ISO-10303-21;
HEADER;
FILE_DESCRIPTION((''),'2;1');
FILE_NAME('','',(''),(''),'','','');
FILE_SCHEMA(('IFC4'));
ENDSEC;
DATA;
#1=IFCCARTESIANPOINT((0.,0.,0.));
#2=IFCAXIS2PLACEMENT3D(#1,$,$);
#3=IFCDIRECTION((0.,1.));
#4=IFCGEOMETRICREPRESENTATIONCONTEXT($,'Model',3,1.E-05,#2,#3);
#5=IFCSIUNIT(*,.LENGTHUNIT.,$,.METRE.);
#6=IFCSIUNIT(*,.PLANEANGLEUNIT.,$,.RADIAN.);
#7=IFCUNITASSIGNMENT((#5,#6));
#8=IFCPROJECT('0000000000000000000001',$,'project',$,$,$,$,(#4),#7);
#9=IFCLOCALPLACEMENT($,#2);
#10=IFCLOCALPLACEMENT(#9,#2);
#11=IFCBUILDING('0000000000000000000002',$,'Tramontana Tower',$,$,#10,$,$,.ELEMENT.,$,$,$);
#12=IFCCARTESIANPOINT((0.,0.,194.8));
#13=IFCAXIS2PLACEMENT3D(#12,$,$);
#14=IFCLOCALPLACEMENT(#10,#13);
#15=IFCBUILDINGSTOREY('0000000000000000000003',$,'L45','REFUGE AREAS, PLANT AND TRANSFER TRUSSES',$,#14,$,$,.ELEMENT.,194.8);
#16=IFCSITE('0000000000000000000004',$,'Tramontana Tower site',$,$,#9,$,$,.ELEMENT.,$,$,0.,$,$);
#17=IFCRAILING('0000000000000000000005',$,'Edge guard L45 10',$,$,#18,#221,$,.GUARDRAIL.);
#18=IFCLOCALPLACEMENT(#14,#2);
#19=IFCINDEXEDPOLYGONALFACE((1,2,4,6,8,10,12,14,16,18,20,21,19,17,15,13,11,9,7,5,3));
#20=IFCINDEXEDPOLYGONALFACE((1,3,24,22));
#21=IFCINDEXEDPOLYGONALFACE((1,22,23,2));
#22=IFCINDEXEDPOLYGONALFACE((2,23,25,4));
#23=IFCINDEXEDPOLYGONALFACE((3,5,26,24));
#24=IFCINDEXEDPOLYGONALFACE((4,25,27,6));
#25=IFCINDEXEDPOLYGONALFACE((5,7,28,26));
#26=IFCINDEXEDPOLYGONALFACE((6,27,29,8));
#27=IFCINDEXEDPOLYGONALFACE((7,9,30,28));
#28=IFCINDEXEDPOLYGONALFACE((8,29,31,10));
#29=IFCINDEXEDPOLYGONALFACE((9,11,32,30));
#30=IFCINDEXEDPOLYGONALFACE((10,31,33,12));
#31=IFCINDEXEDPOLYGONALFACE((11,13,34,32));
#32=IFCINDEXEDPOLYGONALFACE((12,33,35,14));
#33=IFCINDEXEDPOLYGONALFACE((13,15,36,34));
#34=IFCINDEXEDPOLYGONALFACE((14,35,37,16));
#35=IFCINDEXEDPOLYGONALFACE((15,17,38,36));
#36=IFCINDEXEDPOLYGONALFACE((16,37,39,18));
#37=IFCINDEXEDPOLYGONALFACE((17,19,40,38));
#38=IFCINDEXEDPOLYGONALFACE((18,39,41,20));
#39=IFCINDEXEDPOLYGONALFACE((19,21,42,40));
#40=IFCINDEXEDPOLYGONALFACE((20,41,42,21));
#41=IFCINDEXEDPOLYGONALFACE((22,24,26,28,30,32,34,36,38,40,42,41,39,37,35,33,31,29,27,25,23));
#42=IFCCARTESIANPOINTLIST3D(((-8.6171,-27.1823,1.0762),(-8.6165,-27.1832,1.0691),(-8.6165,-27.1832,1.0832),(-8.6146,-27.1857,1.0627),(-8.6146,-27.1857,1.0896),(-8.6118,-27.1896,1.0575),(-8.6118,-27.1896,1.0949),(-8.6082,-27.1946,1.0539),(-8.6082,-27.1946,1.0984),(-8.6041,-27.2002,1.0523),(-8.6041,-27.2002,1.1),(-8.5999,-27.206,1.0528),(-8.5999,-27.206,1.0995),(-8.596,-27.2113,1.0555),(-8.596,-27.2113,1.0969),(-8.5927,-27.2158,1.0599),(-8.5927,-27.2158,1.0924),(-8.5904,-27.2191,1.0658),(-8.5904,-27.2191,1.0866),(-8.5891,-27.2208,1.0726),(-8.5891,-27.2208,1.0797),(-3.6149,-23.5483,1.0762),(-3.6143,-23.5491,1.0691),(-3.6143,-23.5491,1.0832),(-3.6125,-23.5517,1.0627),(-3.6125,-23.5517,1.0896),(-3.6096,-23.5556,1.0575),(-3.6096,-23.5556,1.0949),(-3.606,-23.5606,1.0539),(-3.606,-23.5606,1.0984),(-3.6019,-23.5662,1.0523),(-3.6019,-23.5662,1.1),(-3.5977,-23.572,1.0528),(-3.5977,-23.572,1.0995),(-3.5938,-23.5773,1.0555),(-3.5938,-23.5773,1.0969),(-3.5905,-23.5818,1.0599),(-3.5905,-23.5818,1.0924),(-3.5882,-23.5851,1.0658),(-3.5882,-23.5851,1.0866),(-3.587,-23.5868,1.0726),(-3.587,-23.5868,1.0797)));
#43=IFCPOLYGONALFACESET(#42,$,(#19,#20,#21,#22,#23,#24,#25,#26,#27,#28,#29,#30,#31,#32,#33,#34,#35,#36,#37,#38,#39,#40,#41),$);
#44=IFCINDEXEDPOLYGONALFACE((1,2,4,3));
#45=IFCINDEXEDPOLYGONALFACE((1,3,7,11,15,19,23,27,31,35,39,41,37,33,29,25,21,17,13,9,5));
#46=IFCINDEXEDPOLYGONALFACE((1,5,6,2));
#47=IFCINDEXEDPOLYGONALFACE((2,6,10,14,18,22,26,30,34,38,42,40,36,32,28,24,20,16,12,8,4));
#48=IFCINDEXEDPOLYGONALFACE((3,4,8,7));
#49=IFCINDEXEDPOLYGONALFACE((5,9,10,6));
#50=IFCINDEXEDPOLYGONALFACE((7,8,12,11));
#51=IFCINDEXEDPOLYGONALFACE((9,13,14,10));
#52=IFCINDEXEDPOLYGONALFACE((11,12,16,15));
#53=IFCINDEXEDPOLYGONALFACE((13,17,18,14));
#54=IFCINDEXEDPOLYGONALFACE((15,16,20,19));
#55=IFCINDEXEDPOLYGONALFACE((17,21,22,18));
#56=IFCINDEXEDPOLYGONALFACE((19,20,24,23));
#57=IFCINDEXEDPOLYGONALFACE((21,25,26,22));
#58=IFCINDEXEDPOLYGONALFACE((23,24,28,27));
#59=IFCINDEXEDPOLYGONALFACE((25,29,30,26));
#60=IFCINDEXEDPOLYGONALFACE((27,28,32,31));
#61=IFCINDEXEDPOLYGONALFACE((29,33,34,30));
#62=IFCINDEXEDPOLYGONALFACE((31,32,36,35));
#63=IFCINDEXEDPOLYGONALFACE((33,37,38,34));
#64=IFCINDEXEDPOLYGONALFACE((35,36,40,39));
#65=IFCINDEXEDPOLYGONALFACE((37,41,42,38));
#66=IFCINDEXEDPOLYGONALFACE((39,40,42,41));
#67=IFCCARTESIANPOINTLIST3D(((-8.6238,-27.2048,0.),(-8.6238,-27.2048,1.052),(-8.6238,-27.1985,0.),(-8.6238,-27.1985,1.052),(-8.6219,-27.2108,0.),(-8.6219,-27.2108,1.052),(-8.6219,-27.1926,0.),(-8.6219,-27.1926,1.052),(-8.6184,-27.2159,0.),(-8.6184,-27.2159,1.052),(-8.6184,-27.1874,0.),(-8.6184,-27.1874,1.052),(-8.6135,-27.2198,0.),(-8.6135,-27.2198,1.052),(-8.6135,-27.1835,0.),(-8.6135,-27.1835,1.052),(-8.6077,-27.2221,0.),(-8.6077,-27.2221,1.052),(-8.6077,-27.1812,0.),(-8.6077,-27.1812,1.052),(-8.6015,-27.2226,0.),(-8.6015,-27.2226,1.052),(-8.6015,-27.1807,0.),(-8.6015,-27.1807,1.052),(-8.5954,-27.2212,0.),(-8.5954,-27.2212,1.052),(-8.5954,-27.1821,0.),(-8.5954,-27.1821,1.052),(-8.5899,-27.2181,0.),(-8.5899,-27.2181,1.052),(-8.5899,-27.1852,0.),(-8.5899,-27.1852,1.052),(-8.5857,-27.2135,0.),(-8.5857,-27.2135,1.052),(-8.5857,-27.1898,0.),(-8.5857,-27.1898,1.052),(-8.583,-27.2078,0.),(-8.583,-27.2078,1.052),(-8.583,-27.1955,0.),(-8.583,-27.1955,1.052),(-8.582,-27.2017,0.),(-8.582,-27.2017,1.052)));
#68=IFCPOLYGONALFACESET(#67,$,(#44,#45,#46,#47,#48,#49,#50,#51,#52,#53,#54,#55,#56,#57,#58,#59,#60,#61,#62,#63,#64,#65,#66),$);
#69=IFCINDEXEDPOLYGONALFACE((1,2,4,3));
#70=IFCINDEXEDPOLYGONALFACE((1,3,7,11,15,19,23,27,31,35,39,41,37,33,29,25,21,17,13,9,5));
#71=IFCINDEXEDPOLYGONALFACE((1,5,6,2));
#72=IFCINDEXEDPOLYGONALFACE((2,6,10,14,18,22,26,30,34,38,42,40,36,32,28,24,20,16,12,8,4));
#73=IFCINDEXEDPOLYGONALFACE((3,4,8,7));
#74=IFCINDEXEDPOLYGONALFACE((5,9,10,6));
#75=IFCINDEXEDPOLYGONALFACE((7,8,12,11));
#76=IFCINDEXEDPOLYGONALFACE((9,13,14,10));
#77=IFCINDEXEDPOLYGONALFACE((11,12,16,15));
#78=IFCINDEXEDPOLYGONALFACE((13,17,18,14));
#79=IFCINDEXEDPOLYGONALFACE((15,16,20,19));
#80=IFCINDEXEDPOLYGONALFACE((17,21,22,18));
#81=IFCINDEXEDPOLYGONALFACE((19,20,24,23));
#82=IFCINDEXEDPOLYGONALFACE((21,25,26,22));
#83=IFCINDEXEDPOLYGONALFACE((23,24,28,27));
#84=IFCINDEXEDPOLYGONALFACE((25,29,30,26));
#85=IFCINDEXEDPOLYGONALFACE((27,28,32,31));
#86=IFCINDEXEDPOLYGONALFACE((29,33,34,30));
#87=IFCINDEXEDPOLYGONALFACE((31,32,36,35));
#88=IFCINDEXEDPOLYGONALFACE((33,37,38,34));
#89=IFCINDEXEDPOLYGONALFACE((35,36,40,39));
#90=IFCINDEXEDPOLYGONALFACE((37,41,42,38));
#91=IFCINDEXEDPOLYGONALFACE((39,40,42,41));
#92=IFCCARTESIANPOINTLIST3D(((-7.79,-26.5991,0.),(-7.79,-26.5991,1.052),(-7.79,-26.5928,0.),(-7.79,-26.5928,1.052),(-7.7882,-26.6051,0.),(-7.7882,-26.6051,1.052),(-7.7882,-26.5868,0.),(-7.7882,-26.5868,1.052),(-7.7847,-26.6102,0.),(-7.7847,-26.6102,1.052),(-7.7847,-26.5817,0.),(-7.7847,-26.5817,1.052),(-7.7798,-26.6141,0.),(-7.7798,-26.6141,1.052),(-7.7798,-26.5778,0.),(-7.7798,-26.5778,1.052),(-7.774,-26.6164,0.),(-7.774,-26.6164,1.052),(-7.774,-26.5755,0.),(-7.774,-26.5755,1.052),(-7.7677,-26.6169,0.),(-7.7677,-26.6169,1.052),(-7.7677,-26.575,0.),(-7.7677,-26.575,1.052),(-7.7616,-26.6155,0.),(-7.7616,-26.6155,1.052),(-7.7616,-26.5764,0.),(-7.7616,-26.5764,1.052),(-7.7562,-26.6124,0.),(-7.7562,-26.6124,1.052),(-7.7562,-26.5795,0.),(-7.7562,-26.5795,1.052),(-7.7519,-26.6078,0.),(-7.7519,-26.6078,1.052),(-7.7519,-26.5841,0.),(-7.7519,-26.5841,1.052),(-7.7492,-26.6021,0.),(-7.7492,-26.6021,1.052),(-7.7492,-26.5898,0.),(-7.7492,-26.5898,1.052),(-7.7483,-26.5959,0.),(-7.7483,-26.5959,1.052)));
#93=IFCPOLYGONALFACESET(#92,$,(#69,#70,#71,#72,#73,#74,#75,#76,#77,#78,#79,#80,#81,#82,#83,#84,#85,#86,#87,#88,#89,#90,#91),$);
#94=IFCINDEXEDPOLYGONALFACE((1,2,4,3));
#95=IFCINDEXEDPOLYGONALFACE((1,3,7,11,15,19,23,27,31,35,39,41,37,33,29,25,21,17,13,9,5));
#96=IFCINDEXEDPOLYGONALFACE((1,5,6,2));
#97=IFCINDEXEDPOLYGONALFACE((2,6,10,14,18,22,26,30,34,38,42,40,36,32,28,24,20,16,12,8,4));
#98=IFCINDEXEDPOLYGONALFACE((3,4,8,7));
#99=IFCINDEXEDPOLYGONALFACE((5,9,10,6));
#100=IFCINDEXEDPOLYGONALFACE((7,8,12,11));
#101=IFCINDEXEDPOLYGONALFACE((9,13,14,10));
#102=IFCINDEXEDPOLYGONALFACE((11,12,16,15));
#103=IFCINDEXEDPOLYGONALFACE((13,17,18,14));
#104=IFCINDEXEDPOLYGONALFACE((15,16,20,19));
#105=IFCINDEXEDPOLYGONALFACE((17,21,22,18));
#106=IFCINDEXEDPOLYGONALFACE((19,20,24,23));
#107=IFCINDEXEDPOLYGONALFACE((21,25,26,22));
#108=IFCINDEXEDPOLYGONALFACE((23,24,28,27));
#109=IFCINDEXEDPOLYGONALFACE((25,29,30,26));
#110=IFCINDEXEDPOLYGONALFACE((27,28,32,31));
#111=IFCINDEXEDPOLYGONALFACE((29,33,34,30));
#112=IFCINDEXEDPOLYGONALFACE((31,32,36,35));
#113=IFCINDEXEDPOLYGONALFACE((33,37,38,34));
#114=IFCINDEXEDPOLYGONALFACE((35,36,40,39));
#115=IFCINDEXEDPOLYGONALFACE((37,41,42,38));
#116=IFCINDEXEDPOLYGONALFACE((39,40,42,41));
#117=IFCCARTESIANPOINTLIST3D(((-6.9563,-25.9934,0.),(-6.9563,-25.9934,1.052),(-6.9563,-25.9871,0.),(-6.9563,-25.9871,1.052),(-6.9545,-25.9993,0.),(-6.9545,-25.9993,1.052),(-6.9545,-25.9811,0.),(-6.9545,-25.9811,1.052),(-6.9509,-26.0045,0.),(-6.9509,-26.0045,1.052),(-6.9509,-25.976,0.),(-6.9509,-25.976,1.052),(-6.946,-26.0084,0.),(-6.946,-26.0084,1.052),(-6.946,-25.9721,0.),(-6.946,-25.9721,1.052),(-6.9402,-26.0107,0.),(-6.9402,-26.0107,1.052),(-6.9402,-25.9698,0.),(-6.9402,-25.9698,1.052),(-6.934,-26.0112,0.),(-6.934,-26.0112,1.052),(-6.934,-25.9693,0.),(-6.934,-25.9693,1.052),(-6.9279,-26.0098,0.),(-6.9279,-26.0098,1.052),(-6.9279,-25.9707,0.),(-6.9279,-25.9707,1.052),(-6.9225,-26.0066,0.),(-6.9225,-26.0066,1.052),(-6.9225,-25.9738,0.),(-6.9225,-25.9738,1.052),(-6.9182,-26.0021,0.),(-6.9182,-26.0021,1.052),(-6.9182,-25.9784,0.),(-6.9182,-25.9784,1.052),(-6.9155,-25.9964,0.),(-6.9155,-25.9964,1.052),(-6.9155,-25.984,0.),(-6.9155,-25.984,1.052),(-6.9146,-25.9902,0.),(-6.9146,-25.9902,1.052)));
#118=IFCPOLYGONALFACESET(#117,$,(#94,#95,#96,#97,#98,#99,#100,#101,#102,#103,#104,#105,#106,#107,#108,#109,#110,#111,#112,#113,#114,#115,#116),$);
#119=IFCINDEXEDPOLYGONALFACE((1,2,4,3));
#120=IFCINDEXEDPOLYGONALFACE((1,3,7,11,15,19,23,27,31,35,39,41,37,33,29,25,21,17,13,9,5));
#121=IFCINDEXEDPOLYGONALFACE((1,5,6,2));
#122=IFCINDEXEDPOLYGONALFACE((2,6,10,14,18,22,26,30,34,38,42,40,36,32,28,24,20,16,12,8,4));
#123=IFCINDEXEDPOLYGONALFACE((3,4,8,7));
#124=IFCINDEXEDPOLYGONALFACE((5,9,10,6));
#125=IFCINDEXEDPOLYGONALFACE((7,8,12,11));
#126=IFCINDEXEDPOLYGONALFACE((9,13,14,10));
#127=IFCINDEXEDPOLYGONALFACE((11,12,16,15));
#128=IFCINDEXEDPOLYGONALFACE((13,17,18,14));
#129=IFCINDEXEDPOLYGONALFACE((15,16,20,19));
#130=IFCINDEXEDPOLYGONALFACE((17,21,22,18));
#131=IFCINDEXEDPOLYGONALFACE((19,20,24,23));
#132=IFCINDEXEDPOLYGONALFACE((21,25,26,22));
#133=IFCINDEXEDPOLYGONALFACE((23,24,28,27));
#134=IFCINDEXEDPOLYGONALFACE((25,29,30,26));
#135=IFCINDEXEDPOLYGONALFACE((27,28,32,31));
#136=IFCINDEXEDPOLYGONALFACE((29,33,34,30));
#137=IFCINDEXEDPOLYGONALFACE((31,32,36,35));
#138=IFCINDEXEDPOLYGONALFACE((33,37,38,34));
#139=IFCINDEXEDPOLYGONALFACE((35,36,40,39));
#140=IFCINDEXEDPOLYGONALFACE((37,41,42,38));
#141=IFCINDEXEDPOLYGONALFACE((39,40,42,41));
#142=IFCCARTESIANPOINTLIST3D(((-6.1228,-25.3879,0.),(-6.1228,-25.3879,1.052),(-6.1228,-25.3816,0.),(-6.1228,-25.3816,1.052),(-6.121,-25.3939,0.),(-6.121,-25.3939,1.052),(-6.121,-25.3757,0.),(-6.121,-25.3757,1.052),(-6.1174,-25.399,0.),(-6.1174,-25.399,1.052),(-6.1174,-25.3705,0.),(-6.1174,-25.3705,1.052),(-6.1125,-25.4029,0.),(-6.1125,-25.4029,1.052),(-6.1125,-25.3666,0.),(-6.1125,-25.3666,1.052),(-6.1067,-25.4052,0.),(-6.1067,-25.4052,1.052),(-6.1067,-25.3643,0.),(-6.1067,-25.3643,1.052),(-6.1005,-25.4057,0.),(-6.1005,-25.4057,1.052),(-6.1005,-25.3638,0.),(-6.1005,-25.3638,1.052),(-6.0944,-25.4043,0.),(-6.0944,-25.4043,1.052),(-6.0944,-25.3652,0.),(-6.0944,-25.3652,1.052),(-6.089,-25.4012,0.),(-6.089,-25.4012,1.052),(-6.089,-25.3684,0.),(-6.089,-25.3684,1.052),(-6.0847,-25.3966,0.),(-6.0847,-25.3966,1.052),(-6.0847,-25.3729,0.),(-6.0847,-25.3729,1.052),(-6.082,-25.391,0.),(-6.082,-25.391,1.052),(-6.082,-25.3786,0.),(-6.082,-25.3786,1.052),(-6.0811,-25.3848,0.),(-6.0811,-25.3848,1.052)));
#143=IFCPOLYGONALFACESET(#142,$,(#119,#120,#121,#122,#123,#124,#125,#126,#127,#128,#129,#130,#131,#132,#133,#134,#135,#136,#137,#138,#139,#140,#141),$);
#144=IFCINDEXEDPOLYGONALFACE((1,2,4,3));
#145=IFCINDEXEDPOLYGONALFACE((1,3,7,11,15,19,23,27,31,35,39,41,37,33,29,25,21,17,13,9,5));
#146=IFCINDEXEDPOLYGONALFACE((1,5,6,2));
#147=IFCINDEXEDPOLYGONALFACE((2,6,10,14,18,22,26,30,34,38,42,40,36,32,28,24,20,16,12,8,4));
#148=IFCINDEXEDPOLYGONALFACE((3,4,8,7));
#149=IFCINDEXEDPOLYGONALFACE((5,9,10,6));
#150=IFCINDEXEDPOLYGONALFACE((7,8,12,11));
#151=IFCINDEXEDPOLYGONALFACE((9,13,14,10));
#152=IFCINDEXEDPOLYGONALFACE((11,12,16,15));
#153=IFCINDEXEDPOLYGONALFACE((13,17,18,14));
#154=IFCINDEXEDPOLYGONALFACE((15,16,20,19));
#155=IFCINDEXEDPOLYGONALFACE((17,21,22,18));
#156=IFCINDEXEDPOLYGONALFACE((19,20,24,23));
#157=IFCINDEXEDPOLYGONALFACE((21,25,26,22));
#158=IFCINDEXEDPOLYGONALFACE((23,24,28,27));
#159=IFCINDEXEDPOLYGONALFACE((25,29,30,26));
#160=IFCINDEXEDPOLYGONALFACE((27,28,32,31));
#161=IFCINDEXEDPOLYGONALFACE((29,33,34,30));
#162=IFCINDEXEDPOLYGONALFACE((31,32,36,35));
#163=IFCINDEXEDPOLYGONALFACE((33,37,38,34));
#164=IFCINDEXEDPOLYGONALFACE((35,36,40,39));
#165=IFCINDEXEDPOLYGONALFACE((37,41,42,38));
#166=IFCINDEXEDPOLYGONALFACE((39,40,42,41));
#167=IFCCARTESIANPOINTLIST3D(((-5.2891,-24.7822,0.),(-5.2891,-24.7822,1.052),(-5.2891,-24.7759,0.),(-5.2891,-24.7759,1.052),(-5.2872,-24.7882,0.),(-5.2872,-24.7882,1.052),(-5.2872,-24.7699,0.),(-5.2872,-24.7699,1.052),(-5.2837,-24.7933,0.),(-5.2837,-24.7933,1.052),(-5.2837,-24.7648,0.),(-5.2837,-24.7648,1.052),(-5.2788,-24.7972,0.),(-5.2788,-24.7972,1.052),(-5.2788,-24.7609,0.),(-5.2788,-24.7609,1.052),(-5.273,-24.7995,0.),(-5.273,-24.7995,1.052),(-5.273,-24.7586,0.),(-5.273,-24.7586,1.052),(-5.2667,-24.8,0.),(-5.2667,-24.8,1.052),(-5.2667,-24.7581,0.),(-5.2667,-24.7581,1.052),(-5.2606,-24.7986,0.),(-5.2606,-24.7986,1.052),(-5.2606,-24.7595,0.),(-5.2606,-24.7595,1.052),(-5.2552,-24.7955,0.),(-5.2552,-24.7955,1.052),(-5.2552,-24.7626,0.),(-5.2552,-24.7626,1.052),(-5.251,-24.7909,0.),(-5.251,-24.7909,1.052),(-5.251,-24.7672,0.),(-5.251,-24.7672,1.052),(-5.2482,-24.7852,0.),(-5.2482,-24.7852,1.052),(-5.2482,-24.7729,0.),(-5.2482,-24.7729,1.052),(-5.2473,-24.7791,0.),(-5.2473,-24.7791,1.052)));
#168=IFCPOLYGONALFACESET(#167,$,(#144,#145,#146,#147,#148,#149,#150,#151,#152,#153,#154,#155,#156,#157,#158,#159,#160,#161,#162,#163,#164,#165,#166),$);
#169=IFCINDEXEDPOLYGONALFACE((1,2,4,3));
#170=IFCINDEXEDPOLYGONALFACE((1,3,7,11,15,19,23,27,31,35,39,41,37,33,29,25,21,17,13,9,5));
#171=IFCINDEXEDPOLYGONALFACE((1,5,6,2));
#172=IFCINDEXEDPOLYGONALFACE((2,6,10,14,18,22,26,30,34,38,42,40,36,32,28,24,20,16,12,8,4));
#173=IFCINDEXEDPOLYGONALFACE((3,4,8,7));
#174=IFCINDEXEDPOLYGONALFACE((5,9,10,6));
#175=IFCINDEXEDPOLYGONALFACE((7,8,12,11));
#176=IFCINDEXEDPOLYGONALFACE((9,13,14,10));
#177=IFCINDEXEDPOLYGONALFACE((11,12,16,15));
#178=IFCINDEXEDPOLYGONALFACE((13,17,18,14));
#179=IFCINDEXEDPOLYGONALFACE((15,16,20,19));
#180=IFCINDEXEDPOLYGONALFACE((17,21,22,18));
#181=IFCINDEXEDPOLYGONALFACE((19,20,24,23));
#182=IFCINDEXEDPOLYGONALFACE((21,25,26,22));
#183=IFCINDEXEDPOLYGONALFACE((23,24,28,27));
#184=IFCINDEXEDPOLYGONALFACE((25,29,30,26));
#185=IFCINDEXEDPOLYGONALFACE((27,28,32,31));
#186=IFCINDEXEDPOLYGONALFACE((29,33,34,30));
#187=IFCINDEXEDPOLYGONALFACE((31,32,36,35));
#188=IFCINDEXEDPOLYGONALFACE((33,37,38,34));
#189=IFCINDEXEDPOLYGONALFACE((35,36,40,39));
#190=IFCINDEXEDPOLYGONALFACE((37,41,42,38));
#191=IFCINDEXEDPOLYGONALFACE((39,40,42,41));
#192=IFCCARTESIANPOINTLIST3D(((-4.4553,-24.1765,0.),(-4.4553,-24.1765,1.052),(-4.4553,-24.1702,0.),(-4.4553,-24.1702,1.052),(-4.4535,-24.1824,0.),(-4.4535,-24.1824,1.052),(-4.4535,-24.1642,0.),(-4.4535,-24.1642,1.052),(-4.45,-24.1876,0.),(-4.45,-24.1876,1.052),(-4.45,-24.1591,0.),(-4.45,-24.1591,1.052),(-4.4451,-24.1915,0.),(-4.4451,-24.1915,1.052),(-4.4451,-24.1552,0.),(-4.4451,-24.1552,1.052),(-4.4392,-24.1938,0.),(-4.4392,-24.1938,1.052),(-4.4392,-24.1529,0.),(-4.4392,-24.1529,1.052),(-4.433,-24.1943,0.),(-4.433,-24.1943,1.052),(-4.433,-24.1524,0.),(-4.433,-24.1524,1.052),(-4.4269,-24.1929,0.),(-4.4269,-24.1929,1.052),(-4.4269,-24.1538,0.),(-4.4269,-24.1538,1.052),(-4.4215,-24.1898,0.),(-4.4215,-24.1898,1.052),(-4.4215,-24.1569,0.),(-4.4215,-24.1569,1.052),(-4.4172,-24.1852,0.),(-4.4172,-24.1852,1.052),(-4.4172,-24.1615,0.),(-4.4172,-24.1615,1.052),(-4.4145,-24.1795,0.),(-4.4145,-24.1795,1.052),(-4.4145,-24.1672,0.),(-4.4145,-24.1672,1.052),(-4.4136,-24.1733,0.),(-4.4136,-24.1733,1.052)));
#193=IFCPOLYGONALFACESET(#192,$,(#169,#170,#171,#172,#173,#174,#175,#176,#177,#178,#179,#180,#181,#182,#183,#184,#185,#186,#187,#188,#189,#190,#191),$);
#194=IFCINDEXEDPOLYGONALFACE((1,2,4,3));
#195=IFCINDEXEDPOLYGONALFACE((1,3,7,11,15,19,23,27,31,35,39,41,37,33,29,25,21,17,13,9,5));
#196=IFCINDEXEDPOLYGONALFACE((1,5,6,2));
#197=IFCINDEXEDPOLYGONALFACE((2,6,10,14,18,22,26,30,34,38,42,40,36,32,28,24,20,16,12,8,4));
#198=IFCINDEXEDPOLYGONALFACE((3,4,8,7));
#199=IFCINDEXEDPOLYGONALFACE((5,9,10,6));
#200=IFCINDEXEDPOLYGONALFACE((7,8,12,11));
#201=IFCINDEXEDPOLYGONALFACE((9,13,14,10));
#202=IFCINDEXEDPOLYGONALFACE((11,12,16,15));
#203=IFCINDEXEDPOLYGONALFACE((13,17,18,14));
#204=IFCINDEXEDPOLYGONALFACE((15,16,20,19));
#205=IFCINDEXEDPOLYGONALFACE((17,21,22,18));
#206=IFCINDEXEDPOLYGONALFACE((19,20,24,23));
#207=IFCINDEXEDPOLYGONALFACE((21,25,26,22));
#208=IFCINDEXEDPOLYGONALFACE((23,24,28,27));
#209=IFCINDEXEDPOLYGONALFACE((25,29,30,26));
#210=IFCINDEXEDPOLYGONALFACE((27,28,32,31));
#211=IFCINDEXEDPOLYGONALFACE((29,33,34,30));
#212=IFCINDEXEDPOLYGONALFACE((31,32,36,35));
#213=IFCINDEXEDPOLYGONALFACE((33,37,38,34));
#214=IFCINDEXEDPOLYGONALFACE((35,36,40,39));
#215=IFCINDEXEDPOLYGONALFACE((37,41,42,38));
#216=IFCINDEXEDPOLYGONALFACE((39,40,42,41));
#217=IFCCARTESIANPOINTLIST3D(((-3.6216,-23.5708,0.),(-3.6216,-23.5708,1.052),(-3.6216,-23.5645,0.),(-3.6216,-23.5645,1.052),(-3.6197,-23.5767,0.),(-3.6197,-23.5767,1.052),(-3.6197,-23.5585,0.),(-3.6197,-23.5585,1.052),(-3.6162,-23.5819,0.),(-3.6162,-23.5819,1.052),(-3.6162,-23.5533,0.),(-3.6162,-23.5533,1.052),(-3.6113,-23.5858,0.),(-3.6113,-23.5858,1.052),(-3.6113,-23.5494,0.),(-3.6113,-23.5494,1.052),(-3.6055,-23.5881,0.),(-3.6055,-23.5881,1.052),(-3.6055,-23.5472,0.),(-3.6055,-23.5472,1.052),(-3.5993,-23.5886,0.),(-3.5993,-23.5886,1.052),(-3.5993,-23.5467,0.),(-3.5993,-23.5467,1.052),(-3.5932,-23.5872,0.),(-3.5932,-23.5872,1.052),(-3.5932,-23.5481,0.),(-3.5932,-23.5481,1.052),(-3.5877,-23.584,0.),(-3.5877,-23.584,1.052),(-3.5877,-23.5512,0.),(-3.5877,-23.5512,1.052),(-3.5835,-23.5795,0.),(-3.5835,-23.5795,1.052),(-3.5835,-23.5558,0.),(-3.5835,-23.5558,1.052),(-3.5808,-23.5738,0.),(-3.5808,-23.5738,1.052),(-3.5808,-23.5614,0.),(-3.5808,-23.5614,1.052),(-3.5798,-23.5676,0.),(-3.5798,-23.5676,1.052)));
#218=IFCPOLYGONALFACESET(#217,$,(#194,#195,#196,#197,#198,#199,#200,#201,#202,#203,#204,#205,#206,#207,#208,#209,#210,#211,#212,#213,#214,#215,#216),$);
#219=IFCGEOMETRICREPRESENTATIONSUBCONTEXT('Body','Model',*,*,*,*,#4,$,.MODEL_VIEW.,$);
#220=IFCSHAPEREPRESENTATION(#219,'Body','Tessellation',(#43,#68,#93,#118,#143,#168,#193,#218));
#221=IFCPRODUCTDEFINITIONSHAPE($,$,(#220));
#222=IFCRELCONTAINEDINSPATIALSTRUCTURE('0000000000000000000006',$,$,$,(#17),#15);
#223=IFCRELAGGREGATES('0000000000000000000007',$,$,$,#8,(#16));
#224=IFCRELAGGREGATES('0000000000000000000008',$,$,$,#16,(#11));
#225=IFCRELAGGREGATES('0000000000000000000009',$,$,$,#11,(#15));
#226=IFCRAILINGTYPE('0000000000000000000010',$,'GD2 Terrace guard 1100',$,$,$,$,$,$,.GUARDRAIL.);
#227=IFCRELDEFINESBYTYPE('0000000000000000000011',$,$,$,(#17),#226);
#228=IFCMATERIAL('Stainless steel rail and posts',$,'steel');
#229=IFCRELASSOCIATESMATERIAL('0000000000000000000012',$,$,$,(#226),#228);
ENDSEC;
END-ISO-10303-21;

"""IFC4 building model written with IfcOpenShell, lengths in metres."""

from ifc_helpers import new_model, si_unit, direction, frame, origin, origin_2d, place, context, subcontext, project, spatial, circle, extrude, material, type_object, element, save


model = new_model("IFC4")

# Units and contexts
model_context = context("Model", 3, precision=1e-05, world=origin(), true_north=direction((0.0, 1.0)))
body_context = subcontext(model_context, "Body", "Model", "MODEL_VIEW")
ifc_project = project(units=[si_unit("LENGTHUNIT", "METRE"), si_unit("PLANEANGLEUNIT", "RADIAN")], contexts=[model_context])

# Site, building, storey
site_placement = place(None, origin())
site = spatial("IfcSite", under=ifc_project, at=site_placement, Name="Tramontana Tower site", CompositionType="ELEMENT", RefElevation=0.0)
building_placement = place(site_placement, origin())
building = spatial("IfcBuilding", under=site, at=building_placement, Name="Tramontana Tower", CompositionType="ELEMENT")
storey_placement = place(building_placement, frame((0.0, 0.0, 194.8)))
storey = spatial("IfcBuildingStorey", under=building, at=storey_placement, Name="L45", Description="REFUGE AREAS, PLANT AND TRANSFER TRUSSES", CompositionType="ELEMENT", Elevation=194.8)

# Railing
ifc_material_1 = material(Name="Stainless steel rail and posts", Category="steel")
railing_type = type_object("IfcRailingType", Name="GD2 Terrace guard 1100", PredefinedType="GUARDRAIL", material=ifc_material_1)
railing_1_placement = place(storey_placement, frame((-8.603, -27.2017, 0.0)))
element("IfcRailing", 1, at=railing_1_placement, inside=storey, type_object=railing_type, Name="Edge guard L45 10", PredefinedType="GUARDRAIL", context=body_context, shape_type="SweptSolid", body=[
    extrude(circle(Radius=0.0239, at=origin_2d()), frame((0.0, 0.0, 1.0762), z_axis=(0.809038, 0.587756, 0.0), x_axis=(-0.587756, 0.809038, 0.0)), (0.0, 0.0, 1.0), 6.1829),
    extrude(circle(Radius=0.021, at=origin_2d()), origin(), (0.0, 0.0, 1.0), 1.052),
    extrude(circle(Radius=0.021, at=origin_2d()), frame((0.8337, 0.6057, 0.0)), (0.0, 0.0, 1.0), 1.052),
    extrude(circle(Radius=0.021, at=origin_2d()), frame((1.6675, 1.2114, 0.0)), (0.0, 0.0, 1.0), 1.052),
    extrude(circle(Radius=0.021, at=origin_2d()), frame((2.501, 1.8169, 0.0)), (0.0, 0.0, 1.0), 1.052),
    extrude(circle(Radius=0.021, at=origin_2d()), frame((3.3347, 2.4226, 0.0)), (0.0, 0.0, 1.0), 1.052),
    extrude(circle(Radius=0.021, at=origin_2d()), frame((4.1685, 3.0283, 0.0)), (0.0, 0.0, 1.0), 1.052),
    extrude(circle(Radius=0.021, at=origin_2d()), frame((5.0022, 3.634, 0.0)), (0.0, 0.0, 1.0), 1.052),
])

save(model, "model.ifc")
